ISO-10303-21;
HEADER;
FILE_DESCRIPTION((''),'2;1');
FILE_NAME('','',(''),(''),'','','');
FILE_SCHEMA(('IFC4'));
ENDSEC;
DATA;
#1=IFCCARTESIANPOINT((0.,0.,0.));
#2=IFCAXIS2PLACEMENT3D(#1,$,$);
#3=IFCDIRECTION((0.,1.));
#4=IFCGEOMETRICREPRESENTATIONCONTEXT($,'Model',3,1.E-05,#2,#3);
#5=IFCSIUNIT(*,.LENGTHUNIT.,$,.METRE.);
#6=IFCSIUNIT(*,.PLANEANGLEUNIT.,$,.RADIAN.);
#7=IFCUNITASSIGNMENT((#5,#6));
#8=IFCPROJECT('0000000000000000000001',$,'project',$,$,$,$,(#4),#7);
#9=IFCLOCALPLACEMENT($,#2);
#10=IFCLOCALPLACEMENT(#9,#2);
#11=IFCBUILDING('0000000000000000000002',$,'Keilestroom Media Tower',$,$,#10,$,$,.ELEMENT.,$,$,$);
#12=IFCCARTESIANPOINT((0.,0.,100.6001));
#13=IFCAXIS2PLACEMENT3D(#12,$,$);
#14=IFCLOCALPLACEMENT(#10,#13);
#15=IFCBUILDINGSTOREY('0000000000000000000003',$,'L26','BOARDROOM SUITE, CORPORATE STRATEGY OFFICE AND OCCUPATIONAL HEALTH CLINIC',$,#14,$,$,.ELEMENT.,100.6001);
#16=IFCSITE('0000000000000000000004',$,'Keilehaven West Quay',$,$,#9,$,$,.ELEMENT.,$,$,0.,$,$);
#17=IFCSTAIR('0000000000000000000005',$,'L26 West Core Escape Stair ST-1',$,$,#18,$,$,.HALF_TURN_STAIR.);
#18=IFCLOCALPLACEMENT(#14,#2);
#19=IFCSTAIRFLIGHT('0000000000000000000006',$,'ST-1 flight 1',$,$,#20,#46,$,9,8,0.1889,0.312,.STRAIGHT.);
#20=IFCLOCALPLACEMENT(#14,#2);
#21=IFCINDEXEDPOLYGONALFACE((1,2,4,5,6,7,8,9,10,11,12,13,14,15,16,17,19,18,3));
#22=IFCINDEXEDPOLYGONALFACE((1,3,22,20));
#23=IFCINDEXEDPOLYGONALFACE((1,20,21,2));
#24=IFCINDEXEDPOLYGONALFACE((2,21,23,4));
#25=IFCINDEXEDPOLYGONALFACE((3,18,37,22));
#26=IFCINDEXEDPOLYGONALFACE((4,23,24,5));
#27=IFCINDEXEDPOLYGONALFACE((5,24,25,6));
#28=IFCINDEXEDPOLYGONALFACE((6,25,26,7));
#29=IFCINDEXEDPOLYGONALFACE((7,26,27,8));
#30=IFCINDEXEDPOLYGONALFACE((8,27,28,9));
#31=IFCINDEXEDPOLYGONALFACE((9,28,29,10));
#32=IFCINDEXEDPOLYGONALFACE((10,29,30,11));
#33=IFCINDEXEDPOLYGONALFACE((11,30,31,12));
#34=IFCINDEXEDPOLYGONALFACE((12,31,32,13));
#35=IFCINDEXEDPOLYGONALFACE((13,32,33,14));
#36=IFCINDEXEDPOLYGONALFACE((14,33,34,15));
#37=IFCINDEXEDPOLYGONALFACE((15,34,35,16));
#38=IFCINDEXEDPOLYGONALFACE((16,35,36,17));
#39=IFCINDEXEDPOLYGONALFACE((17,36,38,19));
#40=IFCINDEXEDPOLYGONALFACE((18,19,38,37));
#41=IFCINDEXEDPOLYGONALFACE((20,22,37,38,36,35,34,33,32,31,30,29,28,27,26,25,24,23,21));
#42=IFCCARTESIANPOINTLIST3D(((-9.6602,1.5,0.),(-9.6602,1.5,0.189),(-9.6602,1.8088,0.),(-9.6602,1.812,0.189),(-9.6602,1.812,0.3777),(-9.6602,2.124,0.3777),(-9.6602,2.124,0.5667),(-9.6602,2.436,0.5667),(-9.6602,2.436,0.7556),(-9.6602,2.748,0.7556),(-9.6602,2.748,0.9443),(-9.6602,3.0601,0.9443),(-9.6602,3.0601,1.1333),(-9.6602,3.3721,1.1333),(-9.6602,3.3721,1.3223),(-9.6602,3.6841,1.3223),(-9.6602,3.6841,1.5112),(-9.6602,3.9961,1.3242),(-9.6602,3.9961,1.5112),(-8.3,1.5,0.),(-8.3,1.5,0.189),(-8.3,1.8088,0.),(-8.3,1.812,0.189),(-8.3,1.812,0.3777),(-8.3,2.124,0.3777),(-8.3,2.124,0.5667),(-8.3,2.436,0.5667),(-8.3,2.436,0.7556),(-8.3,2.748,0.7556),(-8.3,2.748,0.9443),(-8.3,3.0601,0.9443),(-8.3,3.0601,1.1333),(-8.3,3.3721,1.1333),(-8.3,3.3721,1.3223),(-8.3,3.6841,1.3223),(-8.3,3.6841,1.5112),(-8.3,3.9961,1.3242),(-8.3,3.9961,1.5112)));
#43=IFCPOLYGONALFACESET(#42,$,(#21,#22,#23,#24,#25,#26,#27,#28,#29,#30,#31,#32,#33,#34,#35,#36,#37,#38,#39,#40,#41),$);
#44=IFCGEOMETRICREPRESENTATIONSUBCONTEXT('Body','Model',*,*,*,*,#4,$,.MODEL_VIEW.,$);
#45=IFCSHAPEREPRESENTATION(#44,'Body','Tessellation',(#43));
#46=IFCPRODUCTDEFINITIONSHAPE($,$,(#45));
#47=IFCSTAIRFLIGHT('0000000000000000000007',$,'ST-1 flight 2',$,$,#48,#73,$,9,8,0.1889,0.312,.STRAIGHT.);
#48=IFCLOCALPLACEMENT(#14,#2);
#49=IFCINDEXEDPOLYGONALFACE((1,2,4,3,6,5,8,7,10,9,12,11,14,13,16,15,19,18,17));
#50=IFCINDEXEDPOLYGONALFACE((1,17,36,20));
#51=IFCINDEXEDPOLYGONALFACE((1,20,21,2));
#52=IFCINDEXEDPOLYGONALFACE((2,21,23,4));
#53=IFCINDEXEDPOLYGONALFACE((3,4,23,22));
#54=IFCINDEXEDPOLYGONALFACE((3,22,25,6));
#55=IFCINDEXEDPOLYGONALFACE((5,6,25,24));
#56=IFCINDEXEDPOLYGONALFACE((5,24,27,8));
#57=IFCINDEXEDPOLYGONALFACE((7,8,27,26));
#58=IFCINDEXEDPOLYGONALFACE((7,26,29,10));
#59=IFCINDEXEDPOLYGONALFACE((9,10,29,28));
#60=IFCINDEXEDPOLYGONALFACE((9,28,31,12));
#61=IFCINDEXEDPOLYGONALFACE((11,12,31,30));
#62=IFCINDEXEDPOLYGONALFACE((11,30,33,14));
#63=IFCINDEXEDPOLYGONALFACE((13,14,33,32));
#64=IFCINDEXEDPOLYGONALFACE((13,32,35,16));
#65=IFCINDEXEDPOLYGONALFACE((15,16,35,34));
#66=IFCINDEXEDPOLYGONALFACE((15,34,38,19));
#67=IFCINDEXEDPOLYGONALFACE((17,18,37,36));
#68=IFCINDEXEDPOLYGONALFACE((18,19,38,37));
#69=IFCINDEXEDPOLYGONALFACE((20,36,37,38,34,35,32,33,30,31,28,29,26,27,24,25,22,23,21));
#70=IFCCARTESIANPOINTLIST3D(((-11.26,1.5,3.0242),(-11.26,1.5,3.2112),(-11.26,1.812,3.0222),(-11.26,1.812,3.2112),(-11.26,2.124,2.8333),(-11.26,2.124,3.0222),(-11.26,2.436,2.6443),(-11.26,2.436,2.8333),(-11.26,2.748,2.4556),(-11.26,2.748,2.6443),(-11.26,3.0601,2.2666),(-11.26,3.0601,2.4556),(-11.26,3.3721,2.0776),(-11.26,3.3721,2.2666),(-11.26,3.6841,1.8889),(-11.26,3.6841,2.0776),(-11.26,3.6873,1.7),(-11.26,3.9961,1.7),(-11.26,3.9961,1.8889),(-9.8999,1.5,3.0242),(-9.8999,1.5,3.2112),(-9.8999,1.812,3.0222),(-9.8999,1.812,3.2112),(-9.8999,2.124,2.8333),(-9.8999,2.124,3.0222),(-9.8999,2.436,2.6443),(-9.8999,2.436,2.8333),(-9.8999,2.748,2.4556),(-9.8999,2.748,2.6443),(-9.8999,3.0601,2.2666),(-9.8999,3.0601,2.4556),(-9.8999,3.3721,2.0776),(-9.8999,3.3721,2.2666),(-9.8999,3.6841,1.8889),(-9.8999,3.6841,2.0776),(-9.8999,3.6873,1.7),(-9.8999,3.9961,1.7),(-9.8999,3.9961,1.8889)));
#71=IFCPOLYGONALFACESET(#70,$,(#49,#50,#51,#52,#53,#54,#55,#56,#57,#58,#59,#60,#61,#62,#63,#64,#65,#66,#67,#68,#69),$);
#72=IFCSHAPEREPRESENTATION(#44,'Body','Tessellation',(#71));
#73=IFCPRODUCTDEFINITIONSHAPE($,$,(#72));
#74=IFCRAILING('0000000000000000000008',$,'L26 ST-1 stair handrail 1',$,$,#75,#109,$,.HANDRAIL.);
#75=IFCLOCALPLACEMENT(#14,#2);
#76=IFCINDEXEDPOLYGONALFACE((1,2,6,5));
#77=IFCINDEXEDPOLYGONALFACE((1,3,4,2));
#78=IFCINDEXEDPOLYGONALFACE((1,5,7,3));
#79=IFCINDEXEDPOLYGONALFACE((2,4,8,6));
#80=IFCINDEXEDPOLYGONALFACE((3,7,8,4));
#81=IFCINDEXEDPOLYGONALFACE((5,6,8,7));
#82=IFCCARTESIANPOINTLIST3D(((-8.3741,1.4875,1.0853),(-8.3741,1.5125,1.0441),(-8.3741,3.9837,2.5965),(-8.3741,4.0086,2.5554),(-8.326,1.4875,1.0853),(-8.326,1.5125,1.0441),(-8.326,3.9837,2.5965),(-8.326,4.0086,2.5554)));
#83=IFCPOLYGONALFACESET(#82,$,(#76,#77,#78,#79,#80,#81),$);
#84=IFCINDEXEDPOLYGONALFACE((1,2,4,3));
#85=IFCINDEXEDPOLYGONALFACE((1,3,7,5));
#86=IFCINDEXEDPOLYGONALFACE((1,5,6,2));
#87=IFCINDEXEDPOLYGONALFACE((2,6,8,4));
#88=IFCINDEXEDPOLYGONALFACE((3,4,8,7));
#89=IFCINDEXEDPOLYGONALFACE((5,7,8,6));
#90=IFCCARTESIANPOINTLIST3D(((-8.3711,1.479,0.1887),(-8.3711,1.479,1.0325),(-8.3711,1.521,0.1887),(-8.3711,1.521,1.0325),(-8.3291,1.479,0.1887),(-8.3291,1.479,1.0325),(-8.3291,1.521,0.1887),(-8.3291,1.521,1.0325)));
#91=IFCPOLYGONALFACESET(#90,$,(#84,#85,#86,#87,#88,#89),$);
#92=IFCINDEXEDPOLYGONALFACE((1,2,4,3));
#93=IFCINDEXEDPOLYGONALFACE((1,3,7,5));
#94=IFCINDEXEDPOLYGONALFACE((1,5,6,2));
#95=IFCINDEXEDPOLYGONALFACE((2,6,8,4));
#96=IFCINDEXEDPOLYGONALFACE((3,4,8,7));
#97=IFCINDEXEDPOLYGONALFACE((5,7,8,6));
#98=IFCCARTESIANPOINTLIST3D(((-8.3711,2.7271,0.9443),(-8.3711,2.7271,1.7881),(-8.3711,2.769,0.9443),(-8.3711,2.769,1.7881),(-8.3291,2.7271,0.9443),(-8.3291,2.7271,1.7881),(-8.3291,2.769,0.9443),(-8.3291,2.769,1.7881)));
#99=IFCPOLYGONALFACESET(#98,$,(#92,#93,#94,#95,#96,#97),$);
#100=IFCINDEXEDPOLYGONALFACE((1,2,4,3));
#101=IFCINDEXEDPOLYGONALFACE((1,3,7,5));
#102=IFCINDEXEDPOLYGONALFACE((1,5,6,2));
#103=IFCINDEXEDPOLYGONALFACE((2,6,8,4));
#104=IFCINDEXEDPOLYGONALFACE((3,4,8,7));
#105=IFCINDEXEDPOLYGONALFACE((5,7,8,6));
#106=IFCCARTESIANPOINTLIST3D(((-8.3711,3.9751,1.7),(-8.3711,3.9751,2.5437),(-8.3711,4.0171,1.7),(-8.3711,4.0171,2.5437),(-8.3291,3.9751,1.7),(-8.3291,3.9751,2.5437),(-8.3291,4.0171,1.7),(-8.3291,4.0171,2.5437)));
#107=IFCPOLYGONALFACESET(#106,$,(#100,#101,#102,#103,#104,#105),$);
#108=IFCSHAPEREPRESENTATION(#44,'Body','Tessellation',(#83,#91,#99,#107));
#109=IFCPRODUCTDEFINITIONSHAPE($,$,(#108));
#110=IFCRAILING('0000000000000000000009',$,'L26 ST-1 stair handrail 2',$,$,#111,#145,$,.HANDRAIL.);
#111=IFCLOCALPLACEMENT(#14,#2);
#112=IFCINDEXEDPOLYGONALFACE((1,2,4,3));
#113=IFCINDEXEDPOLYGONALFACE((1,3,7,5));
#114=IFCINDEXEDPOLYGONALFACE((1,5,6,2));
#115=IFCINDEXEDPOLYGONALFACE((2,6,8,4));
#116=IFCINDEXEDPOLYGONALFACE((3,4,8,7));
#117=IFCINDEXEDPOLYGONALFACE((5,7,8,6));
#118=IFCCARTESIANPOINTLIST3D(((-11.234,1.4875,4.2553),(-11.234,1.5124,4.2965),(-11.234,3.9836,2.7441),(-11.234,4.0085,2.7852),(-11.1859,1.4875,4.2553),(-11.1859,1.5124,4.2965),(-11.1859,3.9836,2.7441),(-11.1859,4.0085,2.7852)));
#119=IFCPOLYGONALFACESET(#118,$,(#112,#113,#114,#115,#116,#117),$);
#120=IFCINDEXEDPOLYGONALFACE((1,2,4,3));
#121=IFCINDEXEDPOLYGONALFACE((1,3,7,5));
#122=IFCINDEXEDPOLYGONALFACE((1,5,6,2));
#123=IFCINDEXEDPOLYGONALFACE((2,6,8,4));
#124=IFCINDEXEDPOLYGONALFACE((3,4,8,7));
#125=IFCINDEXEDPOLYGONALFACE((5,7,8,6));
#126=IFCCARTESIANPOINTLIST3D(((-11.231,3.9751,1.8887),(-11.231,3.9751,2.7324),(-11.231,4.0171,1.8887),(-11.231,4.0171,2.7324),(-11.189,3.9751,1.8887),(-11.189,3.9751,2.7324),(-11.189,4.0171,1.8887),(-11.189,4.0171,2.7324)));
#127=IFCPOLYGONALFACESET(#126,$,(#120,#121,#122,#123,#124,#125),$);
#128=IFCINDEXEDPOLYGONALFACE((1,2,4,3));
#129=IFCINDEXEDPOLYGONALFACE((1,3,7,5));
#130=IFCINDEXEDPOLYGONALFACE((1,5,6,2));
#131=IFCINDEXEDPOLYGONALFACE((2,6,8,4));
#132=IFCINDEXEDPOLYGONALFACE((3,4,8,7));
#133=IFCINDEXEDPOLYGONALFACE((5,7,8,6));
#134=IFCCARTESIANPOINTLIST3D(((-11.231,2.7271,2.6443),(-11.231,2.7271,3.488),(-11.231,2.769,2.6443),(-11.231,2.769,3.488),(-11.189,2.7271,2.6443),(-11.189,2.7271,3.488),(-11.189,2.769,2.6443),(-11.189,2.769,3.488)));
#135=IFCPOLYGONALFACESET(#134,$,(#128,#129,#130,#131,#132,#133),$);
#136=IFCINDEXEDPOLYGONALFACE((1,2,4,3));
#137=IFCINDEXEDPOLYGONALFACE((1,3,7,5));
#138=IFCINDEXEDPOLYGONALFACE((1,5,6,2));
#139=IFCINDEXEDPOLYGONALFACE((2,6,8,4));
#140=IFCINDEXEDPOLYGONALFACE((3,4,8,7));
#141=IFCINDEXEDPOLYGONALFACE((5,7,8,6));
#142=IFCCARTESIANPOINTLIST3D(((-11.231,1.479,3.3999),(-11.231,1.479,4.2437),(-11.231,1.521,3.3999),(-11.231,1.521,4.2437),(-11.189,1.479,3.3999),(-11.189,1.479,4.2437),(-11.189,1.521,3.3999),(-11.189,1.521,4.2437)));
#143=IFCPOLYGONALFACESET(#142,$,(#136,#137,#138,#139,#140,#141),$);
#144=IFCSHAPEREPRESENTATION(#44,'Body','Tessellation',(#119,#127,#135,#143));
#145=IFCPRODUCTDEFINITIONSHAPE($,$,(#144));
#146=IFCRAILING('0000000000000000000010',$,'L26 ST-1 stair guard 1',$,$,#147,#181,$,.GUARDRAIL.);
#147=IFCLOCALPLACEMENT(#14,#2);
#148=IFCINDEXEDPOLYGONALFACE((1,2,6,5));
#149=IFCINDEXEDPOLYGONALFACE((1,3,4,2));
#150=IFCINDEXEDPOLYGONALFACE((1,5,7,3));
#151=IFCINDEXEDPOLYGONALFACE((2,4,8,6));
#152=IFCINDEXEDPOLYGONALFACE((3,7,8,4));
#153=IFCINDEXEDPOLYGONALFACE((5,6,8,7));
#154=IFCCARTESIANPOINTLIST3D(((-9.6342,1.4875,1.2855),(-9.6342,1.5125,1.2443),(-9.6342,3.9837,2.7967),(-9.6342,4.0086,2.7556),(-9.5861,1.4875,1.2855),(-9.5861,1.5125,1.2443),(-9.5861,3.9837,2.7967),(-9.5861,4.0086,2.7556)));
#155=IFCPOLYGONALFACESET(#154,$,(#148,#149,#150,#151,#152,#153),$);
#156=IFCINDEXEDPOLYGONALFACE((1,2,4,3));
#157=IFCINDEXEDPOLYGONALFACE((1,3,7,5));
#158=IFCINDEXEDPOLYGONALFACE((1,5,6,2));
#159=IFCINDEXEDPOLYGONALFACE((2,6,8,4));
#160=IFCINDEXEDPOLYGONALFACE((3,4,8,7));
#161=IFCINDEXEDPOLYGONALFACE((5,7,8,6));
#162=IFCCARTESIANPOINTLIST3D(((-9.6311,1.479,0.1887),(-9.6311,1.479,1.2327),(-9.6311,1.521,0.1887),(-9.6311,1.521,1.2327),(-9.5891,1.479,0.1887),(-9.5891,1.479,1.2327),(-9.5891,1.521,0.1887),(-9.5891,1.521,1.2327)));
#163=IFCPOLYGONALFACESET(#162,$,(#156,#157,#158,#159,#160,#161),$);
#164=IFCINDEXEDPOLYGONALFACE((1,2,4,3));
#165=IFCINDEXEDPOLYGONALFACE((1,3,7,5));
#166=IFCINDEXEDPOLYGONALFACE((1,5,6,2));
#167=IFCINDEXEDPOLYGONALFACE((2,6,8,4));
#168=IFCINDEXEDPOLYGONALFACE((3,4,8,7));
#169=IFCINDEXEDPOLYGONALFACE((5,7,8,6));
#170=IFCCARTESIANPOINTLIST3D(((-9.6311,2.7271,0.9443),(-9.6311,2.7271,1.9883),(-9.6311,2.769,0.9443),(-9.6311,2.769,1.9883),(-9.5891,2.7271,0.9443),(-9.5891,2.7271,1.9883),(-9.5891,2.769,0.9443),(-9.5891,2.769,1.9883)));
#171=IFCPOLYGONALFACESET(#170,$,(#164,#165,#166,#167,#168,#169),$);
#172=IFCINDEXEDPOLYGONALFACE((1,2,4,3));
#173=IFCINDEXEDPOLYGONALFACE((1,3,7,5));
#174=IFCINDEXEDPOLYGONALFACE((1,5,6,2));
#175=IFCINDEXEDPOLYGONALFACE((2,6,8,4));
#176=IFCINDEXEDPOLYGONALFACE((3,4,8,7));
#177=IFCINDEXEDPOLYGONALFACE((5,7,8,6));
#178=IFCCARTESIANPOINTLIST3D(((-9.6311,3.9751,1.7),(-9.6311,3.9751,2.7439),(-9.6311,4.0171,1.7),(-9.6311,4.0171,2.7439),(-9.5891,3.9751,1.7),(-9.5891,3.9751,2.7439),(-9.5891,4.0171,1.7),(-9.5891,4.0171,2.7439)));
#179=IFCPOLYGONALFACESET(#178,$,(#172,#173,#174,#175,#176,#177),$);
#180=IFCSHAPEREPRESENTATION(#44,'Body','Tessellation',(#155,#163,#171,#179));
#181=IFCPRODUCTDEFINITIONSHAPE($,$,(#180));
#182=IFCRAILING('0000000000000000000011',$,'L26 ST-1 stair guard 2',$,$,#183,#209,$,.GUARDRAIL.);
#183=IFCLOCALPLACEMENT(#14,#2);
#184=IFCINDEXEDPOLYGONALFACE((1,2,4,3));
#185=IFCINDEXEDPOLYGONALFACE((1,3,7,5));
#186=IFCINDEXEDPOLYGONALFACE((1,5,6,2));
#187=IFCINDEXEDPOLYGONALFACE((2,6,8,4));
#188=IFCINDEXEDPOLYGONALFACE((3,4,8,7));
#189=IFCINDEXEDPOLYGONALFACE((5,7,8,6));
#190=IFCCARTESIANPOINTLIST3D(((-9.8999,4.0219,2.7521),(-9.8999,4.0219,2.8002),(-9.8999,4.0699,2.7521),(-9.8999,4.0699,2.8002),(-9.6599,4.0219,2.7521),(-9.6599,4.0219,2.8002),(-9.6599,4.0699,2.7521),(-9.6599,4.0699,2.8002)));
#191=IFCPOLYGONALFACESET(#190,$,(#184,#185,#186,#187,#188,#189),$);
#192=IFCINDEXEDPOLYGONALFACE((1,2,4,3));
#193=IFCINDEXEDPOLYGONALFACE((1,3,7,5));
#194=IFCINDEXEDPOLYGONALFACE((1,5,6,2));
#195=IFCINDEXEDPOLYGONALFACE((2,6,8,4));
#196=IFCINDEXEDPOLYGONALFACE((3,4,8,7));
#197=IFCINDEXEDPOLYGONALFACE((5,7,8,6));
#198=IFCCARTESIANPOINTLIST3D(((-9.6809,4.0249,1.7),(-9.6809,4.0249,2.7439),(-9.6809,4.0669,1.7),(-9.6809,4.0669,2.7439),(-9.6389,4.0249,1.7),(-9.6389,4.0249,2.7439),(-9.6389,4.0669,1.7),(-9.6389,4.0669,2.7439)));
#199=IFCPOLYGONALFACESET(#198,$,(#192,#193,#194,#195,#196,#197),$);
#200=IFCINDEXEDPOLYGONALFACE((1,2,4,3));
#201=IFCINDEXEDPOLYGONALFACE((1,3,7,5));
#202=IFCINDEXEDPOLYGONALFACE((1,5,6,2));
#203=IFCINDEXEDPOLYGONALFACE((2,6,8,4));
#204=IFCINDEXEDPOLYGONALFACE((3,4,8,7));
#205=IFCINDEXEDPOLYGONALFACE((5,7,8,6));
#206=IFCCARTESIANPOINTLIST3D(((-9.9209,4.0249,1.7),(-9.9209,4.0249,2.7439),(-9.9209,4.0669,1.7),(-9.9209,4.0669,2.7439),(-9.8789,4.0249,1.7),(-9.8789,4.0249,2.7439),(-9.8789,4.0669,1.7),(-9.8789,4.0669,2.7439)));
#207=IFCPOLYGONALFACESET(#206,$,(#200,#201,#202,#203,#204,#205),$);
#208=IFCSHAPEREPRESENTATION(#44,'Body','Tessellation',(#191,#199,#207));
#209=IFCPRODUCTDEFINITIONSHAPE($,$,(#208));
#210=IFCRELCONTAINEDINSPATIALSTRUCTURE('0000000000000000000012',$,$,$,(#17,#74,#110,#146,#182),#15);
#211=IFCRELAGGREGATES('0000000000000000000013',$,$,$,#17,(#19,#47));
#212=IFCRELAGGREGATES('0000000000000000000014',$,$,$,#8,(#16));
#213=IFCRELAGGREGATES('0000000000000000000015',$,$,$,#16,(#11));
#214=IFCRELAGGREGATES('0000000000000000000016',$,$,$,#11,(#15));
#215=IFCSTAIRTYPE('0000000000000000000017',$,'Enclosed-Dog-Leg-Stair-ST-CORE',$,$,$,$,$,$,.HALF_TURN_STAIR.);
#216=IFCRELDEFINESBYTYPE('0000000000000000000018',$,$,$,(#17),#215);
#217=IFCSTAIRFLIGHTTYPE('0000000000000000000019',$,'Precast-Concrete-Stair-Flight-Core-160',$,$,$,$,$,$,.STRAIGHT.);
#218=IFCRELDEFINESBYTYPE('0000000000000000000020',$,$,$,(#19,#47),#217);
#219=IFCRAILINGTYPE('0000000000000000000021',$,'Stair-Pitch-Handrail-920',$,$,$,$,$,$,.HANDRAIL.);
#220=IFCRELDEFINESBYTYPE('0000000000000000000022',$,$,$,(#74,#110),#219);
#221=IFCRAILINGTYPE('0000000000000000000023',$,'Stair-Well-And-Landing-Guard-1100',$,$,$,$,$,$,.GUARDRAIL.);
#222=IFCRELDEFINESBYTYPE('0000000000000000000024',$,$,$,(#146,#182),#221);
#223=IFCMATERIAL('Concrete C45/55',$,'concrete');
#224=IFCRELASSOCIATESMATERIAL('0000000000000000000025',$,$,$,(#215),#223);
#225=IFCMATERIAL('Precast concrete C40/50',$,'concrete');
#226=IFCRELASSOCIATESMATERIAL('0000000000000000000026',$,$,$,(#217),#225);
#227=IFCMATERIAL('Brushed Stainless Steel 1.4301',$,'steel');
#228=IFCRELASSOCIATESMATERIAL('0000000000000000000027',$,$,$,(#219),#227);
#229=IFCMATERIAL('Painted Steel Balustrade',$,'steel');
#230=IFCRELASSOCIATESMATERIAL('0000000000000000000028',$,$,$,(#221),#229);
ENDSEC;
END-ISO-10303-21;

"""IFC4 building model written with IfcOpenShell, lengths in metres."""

from ifc_helpers import new_model, si_unit, direction, frame, origin, origin_2d, place, context, subcontext, project, spatial, polyline, rectangle, outline, extrude, material, type_object, element, aggregate, save


model = new_model("IFC4")

# Units and contexts
model_context = context("Model", 3, precision=1e-05, world=origin(), true_north=direction((0.0, 1.0)))
body_context = subcontext(model_context, "Body", "Model", "MODEL_VIEW")
ifc_project = project(units=[si_unit("LENGTHUNIT", "METRE"), si_unit("PLANEANGLEUNIT", "RADIAN")], contexts=[model_context])

# Site, building, storey
site_placement = place(None, origin())
site = spatial("IfcSite", under=ifc_project, at=site_placement, Name="Keilehaven West Quay", CompositionType="ELEMENT", RefElevation=0.0)
building_placement = place(site_placement, origin())
building = spatial("IfcBuilding", under=site, at=building_placement, Name="Keilestroom Media Tower", CompositionType="ELEMENT")
storey_placement = place(building_placement, frame((0.0, 0.0, 100.6001)))
storey = spatial("IfcBuildingStorey", under=building, at=storey_placement, Name="L26", Description="BOARDROOM SUITE, CORPORATE STRATEGY OFFICE AND OCCUPATIONAL HEALTH CLINIC", CompositionType="ELEMENT", Elevation=100.6001)

# Shared definitions
ifc_material_1 = material(Name="Concrete C45/55", Category="concrete")

# Shared definitions
ifc_material_2 = material(Name="Precast concrete C40/50", Category="concrete")

# Stair, stair flights
stair_type = type_object("IfcStairType", Name="Enclosed-Dog-Leg-Stair-ST-CORE", PredefinedType="HALF_TURN_STAIR", material=ifc_material_1)
stair_placement = place(storey_placement, origin())
stair = element("IfcStair", 1, at=stair_placement, inside=storey, type_object=stair_type, Name="L26 West Core Escape Stair ST-1", PredefinedType="HALF_TURN_STAIR")
stair_flight_type = type_object("IfcStairFlightType", Name="Precast-Concrete-Stair-Flight-Core-160", PredefinedType="STRAIGHT", material=ifc_material_2)
stair_flight_1_placement = place(storey_placement, frame((-8.98, 1.5, 0.0), z_axis=(0.0, 0.0, 1.0), x_axis=(0.0, 1.0, 0.0)))
stair_flight_1 = element("IfcStairFlight", 2, at=stair_flight_1_placement, type_object=stair_flight_type, Name="ST-1 flight 1", NumberOfRisers=9, NumberOfTreads=8, PredefinedType="STRAIGHT", RiserHeight=0.1889, TreadLength=0.312, context=body_context, shape_type="SweptSolid", body=[
    extrude(outline(polyline([(0.0, 0.0), (0.0, 0.189), (0.312, 0.189), (0.312, 0.3777), (0.624, 0.3777), (0.624, 0.5667), (0.936, 0.5667), (0.936, 0.7556), (1.248, 0.7556), (1.248, 0.9443), (1.5601, 0.9443), (1.5601, 1.1333), (1.8721, 1.1333), (1.8721, 1.3223), (2.1841, 1.3223), (2.1841, 1.5112), (2.4961, 1.5112), (2.4961, 1.7), (2.4961, 1.3242), (0.3088, 0.0), (0.0, 0.0)])), frame((0.0, 0.6802, 0.0), z_axis=(0.0, -1.0, 0.0), x_axis=(1.0, 0.0, 0.0)), (0.0, 0.0, 1.0), 1.3601),
])
stair_flight_2_placement = place(storey_placement, frame((-10.5801, 3.9961, 1.7), z_axis=(0.0, 0.0, 1.0), x_axis=(0.0, -1.0, 0.0)))
stair_flight_2 = element("IfcStairFlight", 3, at=stair_flight_2_placement, type_object=stair_flight_type, Name="ST-1 flight 2", NumberOfRisers=9, NumberOfTreads=8, PredefinedType="STRAIGHT", RiserHeight=0.1889, TreadLength=0.312, context=body_context, shape_type="SweptSolid", body=[
    extrude(outline(polyline([(0.0, 0.0), (0.0, 0.189), (0.312, 0.189), (0.312, 0.3777), (0.624, 0.3777), (0.624, 0.5667), (0.936, 0.5667), (0.936, 0.7556), (1.248, 0.7556), (1.248, 0.9443), (1.5601, 0.9443), (1.5601, 1.1333), (1.8721, 1.1333), (1.8721, 1.3223), (2.1841, 1.3223), (2.1841, 1.5112), (2.4961, 1.5112), (2.4961, 1.7), (2.4961, 1.3242), (0.3088, 0.0), (0.0, 0.0)])), frame((0.0, 0.6802, 0.0), z_axis=(0.0, -1.0, 0.0), x_axis=(1.0, 0.0, 0.0)), (0.0, 0.0, 1.0), 1.3601),
])
aggregate(stair, [stair_flight_1, stair_flight_2])

# Railings
ifc_material_3 = material(Name="Brushed Stainless Steel 1.4301", Category="steel")
railing_type_1 = type_object("IfcRailingType", Name="Stair-Pitch-Handrail-920", PredefinedType="HANDRAIL", material=ifc_material_3)
railing_1_placement = place(storey_placement, frame((-8.3501, 1.5, 0.1887)))
element("IfcRailing", 4, at=railing_1_placement, inside=storey, type_object=railing_type_1, Name="L26 ST-1 stair handrail 1", PredefinedType="HANDRAIL", context=body_context, shape_type="SweptSolid", body=[
    extrude(rectangle(XDim=0.0481, YDim=0.0481, at=origin_2d()), frame((0.0, 0.0, 0.876), z_axis=(0.0, 0.855434, 0.517912), x_axis=(-1.0, 0.0, 0.0)), (0.0, 0.0, 1.0), 2.918),
    extrude(rectangle(XDim=0.042, YDim=0.042, at=origin_2d()), origin(), (0.0, 0.0, 1.0), 0.8438),
    extrude(rectangle(XDim=0.042, YDim=0.042, at=origin_2d()), frame((0.0, 1.248, 0.7556)), (0.0, 0.0, 1.0), 0.8438),
    extrude(rectangle(XDim=0.042, YDim=0.042, at=origin_2d()), frame((0.0, 2.4961, 1.5112)), (0.0, 0.0, 1.0), 0.8438),
])
railing_2_placement = place(storey_placement, frame((-11.21, 3.9961, 1.8887)))
element("IfcRailing", 5, at=railing_2_placement, inside=storey, type_object=railing_type_1, Name="L26 ST-1 stair handrail 2", PredefinedType="HANDRAIL", context=body_context, shape_type="SweptSolid", body=[
    extrude(rectangle(XDim=0.0481, YDim=0.0481, at=origin_2d()), frame((0.0, 0.0, 0.876), z_axis=(0.0, -0.855434, 0.517912), x_axis=(1.0, 0.0, 0.0)), (0.0, 0.0, 1.0), 2.918),
    extrude(rectangle(XDim=0.042, YDim=0.042, at=origin_2d()), origin(), (0.0, 0.0, 1.0), 0.8438),
    extrude(rectangle(XDim=0.042, YDim=0.042, at=origin_2d()), frame((0.0, -1.248, 0.7556)), (0.0, 0.0, 1.0), 0.8438),
    extrude(rectangle(XDim=0.042, YDim=0.042, at=origin_2d()), frame((0.0, -2.4961, 1.5112)), (0.0, 0.0, 1.0), 0.8438),
])
ifc_material_4 = material(Name="Painted Steel Balustrade", Category="steel")
railing_type_2 = type_object("IfcRailingType", Name="Stair-Well-And-Landing-Guard-1100", PredefinedType="GUARDRAIL", material=ifc_material_4)
railing_3_placement = place(storey_placement, frame((-9.6101, 1.5, 0.1887)))
element("IfcRailing", 6, at=railing_3_placement, inside=storey, type_object=railing_type_2, Name="L26 ST-1 stair guard 1", PredefinedType="GUARDRAIL", context=body_context, shape_type="SweptSolid", body=[
    extrude(rectangle(XDim=0.0481, YDim=0.0481, at=origin_2d()), frame((0.0, 0.0, 1.0762), z_axis=(0.0, 0.855434, 0.517912), x_axis=(-1.0, 0.0, 0.0)), (0.0, 0.0, 1.0), 2.918),
    extrude(rectangle(XDim=0.042, YDim=0.042, at=origin_2d()), origin(), (0.0, 0.0, 1.0), 1.0439),
    extrude(rectangle(XDim=0.042, YDim=0.042, at=origin_2d()), frame((0.0, 1.248, 0.7556)), (0.0, 0.0, 1.0), 1.0439),
    extrude(rectangle(XDim=0.042, YDim=0.042, at=origin_2d()), frame((0.0, 2.4961, 1.5112)), (0.0, 0.0, 1.0), 1.0439),
])
railing_4_placement = place(storey_placement, frame((-9.6599, 4.0459, 1.7)))
element("IfcRailing", 7, at=railing_4_placement, inside=storey, type_object=railing_type_2, Name="L26 ST-1 stair guard 2", PredefinedType="GUARDRAIL", context=body_context, shape_type="SweptSolid", body=[
    extrude(rectangle(XDim=0.0481, YDim=0.0481, at=origin_2d()), frame((0.0, 0.0, 1.0762), z_axis=(-1.0, 0.0, 0.0), x_axis=(0.0, -1.0, 0.0)), (0.0, 0.0, 1.0), 0.24),
    extrude(rectangle(XDim=0.042, YDim=0.042, at=origin_2d()), origin(), (0.0, 0.0, 1.0), 1.0439),
    extrude(rectangle(XDim=0.042, YDim=0.042, at=origin_2d()), frame((-0.24, 0.0, 0.0)), (0.0, 0.0, 1.0), 1.0439),
])

save(model, "model.ifc")
